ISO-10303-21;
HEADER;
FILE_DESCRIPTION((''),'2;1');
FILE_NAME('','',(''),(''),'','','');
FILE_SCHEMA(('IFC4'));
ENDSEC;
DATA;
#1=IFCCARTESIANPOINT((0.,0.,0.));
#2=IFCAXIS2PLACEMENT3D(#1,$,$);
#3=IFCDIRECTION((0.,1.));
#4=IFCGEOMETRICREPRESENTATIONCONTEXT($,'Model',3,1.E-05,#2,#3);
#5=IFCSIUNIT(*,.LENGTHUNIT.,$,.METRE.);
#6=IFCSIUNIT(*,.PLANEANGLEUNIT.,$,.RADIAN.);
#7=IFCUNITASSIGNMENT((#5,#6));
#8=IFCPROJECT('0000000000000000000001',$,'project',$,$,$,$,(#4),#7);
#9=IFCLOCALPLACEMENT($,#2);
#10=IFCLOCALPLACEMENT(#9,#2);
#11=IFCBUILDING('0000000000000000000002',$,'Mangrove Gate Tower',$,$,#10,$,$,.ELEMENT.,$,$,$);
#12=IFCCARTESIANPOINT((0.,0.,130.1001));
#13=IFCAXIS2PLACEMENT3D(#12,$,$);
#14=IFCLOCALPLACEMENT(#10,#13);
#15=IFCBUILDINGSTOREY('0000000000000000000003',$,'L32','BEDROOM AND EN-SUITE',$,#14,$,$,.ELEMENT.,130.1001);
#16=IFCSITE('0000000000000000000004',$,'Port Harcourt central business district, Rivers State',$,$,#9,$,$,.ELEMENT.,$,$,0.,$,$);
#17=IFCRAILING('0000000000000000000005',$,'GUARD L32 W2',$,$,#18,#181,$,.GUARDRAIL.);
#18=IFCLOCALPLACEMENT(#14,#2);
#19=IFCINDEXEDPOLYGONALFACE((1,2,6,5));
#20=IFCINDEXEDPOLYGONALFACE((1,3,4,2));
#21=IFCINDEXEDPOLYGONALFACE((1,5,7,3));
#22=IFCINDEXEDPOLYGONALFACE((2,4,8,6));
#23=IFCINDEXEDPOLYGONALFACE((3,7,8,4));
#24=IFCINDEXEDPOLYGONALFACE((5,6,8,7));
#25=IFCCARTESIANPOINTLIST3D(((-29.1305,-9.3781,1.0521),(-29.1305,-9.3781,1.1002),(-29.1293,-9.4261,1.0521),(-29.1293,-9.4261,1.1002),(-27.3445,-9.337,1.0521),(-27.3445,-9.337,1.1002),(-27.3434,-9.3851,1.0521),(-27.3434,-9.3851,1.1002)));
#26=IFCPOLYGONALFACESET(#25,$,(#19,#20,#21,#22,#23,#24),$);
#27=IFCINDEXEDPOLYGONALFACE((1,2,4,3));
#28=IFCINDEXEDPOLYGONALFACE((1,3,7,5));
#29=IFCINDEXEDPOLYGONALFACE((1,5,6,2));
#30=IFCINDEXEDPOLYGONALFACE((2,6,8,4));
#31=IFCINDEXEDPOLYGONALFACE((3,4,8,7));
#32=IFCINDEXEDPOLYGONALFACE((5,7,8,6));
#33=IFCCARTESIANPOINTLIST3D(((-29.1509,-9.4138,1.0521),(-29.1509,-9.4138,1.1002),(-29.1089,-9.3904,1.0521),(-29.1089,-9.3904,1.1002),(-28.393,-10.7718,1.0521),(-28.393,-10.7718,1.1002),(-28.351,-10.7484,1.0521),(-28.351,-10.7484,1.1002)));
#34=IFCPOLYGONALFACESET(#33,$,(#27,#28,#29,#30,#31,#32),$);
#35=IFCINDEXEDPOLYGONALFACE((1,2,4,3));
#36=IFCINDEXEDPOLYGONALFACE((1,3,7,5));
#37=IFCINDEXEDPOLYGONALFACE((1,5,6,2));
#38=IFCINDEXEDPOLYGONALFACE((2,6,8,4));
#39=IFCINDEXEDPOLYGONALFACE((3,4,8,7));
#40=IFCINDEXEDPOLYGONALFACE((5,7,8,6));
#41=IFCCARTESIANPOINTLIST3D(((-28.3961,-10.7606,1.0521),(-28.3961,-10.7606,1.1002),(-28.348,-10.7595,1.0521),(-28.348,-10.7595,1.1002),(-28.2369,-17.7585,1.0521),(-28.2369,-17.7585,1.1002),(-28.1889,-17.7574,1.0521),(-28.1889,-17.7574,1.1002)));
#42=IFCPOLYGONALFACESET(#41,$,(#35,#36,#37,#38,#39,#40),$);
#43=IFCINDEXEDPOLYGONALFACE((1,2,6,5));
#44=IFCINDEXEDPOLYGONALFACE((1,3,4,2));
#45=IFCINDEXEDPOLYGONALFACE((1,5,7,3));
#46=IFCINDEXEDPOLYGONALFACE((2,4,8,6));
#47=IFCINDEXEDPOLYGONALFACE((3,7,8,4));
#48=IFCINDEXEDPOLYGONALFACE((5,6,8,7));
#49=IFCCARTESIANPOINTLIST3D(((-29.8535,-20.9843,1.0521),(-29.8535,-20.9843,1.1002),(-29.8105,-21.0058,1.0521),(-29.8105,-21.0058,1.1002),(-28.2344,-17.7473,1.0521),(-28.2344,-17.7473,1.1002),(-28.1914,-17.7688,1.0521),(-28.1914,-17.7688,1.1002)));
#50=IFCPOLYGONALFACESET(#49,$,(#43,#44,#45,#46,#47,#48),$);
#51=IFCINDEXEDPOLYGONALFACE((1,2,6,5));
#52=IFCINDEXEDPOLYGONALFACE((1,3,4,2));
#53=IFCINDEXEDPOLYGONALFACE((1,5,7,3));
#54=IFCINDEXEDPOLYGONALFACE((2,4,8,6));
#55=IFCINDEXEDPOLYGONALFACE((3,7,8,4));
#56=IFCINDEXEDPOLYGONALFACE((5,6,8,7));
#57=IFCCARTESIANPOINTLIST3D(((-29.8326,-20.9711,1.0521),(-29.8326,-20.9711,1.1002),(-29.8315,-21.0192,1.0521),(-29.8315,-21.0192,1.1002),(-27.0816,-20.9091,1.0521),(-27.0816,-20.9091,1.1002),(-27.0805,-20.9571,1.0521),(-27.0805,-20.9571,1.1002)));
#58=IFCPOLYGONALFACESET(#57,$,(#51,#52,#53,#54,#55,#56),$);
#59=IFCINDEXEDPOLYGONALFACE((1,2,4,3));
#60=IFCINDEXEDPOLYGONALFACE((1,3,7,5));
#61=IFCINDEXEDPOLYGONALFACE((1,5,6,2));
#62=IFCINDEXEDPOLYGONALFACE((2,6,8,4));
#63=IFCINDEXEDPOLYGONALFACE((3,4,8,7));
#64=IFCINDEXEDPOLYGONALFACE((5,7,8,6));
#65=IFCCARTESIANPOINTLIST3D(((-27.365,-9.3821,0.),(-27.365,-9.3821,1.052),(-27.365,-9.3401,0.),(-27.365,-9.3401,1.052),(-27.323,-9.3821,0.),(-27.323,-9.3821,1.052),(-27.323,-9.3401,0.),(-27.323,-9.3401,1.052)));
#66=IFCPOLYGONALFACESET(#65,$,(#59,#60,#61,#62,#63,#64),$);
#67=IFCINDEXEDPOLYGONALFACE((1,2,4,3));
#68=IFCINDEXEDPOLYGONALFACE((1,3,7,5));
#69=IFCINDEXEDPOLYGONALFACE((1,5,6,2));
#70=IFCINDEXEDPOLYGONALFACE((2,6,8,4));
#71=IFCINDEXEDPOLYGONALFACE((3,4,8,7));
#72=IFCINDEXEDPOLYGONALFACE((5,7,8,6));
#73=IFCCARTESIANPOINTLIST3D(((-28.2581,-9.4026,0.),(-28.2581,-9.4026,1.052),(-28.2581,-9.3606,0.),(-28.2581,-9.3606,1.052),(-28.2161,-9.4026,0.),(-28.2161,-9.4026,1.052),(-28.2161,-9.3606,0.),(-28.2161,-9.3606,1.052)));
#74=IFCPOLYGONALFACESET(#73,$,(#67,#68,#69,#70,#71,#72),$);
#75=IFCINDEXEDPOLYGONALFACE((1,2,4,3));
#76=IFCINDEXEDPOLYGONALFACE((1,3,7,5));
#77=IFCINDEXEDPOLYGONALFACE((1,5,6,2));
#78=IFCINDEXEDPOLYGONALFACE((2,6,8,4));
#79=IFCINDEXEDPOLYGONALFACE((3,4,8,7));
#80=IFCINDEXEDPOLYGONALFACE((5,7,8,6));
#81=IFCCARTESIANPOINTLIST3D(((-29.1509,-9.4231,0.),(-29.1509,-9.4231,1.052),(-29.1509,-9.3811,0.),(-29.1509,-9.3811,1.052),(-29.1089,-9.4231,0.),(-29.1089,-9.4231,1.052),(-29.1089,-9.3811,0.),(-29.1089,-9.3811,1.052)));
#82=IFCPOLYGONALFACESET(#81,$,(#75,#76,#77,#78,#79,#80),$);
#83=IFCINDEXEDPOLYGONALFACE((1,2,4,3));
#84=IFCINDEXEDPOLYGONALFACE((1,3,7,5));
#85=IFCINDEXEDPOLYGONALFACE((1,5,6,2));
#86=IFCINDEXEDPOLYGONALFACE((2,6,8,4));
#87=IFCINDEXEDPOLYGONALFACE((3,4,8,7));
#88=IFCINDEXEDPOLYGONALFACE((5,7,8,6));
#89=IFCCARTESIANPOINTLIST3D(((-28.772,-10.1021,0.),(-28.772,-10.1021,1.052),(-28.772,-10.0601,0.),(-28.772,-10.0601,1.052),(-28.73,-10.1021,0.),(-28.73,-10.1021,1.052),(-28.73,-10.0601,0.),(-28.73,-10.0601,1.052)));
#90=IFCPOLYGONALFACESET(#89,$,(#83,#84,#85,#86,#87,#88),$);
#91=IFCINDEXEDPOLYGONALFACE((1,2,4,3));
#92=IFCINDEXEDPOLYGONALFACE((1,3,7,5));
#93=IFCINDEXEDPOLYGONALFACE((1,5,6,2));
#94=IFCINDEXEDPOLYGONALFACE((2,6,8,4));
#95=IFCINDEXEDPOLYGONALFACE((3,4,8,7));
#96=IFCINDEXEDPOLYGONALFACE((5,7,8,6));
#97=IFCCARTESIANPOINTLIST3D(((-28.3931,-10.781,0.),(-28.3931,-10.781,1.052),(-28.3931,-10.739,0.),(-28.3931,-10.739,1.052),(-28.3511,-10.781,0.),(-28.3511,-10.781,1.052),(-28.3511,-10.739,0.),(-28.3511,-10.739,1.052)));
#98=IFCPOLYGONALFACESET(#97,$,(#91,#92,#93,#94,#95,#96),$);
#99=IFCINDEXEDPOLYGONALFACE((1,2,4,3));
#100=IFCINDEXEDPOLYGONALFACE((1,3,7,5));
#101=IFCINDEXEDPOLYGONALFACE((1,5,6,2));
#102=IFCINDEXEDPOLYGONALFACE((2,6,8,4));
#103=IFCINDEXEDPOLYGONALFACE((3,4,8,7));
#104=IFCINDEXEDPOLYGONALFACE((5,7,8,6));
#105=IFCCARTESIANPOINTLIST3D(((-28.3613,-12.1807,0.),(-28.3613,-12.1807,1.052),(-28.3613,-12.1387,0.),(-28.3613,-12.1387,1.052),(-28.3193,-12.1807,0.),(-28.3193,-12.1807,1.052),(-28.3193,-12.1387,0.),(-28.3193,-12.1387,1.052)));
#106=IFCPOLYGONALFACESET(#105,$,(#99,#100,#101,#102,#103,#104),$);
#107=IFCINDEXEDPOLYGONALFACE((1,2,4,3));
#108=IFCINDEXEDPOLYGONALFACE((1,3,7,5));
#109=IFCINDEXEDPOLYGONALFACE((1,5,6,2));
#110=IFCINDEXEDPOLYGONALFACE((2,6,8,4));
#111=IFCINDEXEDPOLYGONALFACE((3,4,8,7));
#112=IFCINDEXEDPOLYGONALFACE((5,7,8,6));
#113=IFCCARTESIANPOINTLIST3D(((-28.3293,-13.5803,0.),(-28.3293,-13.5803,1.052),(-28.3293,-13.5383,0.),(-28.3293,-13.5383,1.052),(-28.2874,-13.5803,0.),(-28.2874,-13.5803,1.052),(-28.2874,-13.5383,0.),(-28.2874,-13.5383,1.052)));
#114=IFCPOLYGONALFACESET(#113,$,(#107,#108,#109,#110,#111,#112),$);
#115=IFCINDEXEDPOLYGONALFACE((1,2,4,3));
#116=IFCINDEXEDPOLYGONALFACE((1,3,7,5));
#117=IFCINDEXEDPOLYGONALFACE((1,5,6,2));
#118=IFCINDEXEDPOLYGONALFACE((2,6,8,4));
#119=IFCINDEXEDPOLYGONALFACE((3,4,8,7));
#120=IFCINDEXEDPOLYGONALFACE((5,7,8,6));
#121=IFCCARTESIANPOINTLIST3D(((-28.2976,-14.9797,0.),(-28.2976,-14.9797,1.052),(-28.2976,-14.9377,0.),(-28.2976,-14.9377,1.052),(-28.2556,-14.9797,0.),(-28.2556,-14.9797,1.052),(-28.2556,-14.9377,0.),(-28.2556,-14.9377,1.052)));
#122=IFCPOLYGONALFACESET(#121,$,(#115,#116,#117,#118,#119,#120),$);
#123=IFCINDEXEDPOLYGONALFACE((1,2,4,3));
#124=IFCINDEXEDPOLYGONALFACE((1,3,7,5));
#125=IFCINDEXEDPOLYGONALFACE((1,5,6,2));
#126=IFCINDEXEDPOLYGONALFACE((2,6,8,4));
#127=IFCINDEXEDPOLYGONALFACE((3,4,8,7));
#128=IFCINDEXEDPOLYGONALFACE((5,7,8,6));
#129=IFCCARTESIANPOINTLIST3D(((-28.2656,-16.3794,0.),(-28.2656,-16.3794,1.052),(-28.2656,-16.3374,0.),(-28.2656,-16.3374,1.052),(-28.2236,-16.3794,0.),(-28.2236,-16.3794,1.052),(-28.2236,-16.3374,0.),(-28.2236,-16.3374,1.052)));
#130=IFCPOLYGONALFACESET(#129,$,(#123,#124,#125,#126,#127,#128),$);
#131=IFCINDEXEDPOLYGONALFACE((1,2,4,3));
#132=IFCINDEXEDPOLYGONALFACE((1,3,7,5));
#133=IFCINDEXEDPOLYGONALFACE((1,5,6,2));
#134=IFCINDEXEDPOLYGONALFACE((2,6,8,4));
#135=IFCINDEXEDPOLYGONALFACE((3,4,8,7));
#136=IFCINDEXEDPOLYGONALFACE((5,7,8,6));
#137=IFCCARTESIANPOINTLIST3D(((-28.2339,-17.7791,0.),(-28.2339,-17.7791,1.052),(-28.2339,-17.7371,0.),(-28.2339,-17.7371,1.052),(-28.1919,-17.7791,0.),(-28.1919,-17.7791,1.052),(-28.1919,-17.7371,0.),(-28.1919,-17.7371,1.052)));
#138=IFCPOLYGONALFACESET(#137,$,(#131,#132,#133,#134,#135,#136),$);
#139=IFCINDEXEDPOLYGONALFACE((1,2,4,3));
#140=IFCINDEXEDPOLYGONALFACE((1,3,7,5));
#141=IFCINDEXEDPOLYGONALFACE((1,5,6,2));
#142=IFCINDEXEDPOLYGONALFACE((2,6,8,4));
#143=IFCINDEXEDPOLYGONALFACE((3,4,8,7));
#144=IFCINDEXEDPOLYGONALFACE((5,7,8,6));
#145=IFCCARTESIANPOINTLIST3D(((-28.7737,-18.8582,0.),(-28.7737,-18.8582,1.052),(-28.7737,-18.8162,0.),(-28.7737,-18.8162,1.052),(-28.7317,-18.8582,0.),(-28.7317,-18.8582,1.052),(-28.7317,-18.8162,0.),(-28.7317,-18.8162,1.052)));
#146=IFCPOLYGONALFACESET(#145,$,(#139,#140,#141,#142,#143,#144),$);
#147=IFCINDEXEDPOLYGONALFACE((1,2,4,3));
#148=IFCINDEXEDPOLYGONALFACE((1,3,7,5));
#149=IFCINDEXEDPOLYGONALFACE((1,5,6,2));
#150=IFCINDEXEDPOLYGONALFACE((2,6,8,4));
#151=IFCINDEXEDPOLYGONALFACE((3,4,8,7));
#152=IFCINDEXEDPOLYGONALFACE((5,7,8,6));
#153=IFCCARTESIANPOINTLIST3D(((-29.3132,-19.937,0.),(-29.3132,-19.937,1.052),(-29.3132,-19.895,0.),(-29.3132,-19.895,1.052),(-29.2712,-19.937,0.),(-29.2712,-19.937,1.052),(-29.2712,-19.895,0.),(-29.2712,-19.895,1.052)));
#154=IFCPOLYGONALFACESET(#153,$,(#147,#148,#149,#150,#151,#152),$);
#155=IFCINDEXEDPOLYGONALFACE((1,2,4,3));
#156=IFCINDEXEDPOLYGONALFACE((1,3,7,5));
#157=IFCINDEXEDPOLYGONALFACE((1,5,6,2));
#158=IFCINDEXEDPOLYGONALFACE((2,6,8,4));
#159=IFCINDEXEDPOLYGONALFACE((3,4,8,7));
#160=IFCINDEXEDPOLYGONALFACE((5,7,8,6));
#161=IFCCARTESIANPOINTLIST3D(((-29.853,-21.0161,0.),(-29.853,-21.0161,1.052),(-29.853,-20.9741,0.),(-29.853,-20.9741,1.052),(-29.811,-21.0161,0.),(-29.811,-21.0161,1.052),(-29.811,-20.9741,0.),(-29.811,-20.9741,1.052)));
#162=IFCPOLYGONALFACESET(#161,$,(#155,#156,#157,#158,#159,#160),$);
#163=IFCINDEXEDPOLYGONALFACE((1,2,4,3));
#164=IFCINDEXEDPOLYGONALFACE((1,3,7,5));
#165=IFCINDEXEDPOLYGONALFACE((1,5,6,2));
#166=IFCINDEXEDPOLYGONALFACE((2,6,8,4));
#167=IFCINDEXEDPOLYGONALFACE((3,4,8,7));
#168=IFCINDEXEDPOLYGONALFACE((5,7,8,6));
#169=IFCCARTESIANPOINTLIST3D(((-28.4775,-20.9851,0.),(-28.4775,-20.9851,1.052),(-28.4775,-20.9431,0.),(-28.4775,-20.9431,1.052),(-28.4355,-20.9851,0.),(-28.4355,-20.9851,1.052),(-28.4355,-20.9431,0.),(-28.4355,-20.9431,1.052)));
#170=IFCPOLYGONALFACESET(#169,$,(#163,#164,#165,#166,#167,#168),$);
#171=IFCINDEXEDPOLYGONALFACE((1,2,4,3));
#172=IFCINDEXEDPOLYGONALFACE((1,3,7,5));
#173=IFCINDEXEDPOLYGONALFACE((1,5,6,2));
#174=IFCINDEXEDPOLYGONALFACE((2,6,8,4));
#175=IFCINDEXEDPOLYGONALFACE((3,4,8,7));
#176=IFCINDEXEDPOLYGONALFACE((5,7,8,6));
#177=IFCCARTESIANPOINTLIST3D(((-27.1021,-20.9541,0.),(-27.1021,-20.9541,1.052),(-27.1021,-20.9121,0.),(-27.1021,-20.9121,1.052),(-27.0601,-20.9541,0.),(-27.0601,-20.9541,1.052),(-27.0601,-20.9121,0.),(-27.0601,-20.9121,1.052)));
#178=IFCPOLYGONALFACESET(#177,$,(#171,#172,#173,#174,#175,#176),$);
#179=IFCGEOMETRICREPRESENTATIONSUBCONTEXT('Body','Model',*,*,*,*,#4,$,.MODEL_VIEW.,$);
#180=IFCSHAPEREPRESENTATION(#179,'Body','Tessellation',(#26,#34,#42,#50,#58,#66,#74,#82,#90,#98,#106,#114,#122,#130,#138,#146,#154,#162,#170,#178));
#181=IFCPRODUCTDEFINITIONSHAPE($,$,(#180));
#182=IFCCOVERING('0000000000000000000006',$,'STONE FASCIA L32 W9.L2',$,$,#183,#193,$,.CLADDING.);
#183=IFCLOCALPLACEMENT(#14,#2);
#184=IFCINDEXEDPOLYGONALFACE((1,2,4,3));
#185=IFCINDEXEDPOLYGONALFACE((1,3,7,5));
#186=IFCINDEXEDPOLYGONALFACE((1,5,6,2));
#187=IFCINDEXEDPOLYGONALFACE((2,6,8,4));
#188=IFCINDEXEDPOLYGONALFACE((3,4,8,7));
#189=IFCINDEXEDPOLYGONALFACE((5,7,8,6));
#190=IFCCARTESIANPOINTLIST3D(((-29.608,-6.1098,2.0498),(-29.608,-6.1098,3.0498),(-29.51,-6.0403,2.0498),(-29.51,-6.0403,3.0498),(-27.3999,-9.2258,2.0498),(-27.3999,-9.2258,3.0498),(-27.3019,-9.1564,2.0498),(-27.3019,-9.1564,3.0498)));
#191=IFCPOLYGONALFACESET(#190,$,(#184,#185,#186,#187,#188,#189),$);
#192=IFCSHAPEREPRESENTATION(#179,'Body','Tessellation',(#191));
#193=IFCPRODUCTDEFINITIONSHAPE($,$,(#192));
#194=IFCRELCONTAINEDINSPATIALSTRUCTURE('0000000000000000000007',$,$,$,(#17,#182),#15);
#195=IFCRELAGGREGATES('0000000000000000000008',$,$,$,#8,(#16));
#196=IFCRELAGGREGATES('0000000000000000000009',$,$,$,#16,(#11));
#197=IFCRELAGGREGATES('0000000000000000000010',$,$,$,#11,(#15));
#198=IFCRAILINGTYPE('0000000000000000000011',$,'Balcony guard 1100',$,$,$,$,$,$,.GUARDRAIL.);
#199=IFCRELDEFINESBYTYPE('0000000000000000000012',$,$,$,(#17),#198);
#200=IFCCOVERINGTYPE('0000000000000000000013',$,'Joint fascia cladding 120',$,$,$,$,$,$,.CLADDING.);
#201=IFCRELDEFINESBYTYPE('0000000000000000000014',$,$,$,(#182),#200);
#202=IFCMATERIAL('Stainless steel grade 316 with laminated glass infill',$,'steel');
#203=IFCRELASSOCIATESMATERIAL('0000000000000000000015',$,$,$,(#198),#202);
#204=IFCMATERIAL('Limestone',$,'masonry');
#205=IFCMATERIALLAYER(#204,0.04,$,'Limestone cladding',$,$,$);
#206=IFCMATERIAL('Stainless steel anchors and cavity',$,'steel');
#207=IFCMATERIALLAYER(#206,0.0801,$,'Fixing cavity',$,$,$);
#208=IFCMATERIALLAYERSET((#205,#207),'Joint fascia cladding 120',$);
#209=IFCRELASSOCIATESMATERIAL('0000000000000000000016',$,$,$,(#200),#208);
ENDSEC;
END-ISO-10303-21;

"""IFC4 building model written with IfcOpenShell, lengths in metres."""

from ifc_helpers import new_model, si_unit, direction, frame, frame_2d, origin, origin_2d, place, context, subcontext, project, spatial, rectangle, extrude, material, layer, layer_set, type_object, element, save


model = new_model("IFC4")

# Units and contexts
model_context = context("Model", 3, precision=1e-05, world=origin(), true_north=direction((0.0, 1.0)))
body_context = subcontext(model_context, "Body", "Model", "MODEL_VIEW")
ifc_project = project(units=[si_unit("LENGTHUNIT", "METRE"), si_unit("PLANEANGLEUNIT", "RADIAN")], contexts=[model_context])

# Site, building, storey
site_placement = place(None, origin())
site = spatial("IfcSite", under=ifc_project, at=site_placement, Name="Port Harcourt central business district, Rivers State", CompositionType="ELEMENT", RefElevation=0.0)
building_placement = place(site_placement, origin())
building = spatial("IfcBuilding", under=site, at=building_placement, Name="Mangrove Gate Tower", CompositionType="ELEMENT")
storey_placement = place(building_placement, frame((0.0, 0.0, 130.1001)))
storey = spatial("IfcBuildingStorey", under=building, at=storey_placement, Name="L32", Description="BEDROOM AND EN-SUITE", CompositionType="ELEMENT", Elevation=130.1001)

# Shared definitions
ifc_material_1 = material(Name="Limestone", Category="masonry")

# Railing
ifc_material_2 = material(Name="Stainless steel grade 316 with laminated glass infill", Category="steel")
railing_type = type_object("IfcRailingType", Name="Balcony guard 1100", PredefinedType="GUARDRAIL", material=ifc_material_2)
railing_placement = place(storey_placement, frame((-27.344, -9.3611, 0.0)))
element("IfcRailing", 1, at=railing_placement, inside=storey, type_object=railing_type, Name="GUARD L32 W2", PredefinedType="GUARDRAIL", context=body_context, shape_type="SweptSolid", body=[
    extrude(rectangle(XDim=0.0481, YDim=0.0481, at=origin_2d()), frame((0.0, 0.0, 1.0762), z_axis=(-0.999736, -0.02296, 0.0), x_axis=(0.02296, -0.999736, 0.0)), (0.0, 0.0, 1.0), 1.7864),
    extrude(rectangle(XDim=0.0481, YDim=0.0481, at=origin_2d()), frame((-1.7859, -0.041, 1.0762), z_axis=(0.487322, -0.873223, 0.0), x_axis=(0.873223, 0.487322, 0.0)), (0.0, 0.0, 1.0), 1.5552),
    extrude(rectangle(XDim=0.0481, YDim=0.0481, at=origin_2d()), frame((-1.0281, -1.3989, 1.0762), z_axis=(0.02274, -0.999741, 0.0), x_axis=(0.999741, 0.02274, 0.0)), (0.0, 0.0, 1.0), 6.9998),
    extrude(rectangle(XDim=0.0481, YDim=0.0481, at=origin_2d()), frame((-0.8689, -8.397, 1.0762), z_axis=(-0.447348, -0.89436, 0.0), x_axis=(0.89436, -0.447348, 0.0)), (0.0, 0.0, 1.0), 3.6194),
    extrude(rectangle(XDim=0.0481, YDim=0.0481, at=origin_2d()), frame((-2.488, -11.634, 1.0762), z_axis=(0.999746, 0.022536, 0.0), x_axis=(-0.022536, 0.999746, 0.0)), (0.0, 0.0, 1.0), 2.7517),
    extrude(rectangle(XDim=0.042, YDim=0.042, at=origin_2d()), origin(), (0.0, 0.0, 1.0), 1.052),
    extrude(rectangle(XDim=0.042, YDim=0.042, at=origin_2d()), frame((-0.8931, -0.0205, 0.0)), (0.0, 0.0, 1.0), 1.052),
    extrude(rectangle(XDim=0.042, YDim=0.042, at=origin_2d()), frame((-1.7859, -0.041, 0.0)), (0.0, 0.0, 1.0), 1.052),
    extrude(rectangle(XDim=0.042, YDim=0.042, at=origin_2d()), frame((-1.407, -0.72, 0.0)), (0.0, 0.0, 1.0), 1.052),
    extrude(rectangle(XDim=0.042, YDim=0.042, at=origin_2d()), frame((-1.0281, -1.3989, 0.0)), (0.0, 0.0, 1.0), 1.052),
    extrude(rectangle(XDim=0.042, YDim=0.042, at=origin_2d()), frame((-0.9963, -2.7986, 0.0)), (0.0, 0.0, 1.0), 1.052),
    extrude(rectangle(XDim=0.042, YDim=0.042, at=origin_2d()), frame((-0.9644, -4.1982, 0.0)), (0.0, 0.0, 1.0), 1.052),
    extrude(rectangle(XDim=0.042, YDim=0.042, at=origin_2d()), frame((-0.9326, -5.5977, 0.0)), (0.0, 0.0, 1.0), 1.052),
    extrude(rectangle(XDim=0.042, YDim=0.042, at=origin_2d()), frame((-0.9006, -6.9973, 0.0)), (0.0, 0.0, 1.0), 1.052),
    extrude(rectangle(XDim=0.042, YDim=0.042, at=origin_2d()), frame((-0.8689, -8.397, 0.0)), (0.0, 0.0, 1.0), 1.052),
    extrude(rectangle(XDim=0.042, YDim=0.042, at=origin_2d()), frame((-1.4087, -9.4761, 0.0)), (0.0, 0.0, 1.0), 1.052),
    extrude(rectangle(XDim=0.042, YDim=0.042, at=origin_2d()), frame((-1.9482, -10.5549, 0.0)), (0.0, 0.0, 1.0), 1.052),
    extrude(rectangle(XDim=0.042, YDim=0.042, at=origin_2d()), frame((-2.488, -11.634, 0.0)), (0.0, 0.0, 1.0), 1.052),
    extrude(rectangle(XDim=0.042, YDim=0.042, at=origin_2d()), frame((-1.1125, -11.603, 0.0)), (0.0, 0.0, 1.0), 1.052),
    extrude(rectangle(XDim=0.042, YDim=0.042, at=origin_2d()), frame((0.2629, -11.572, 0.0)), (0.0, 0.0, 1.0), 1.052),
])

# Covering
ifc_layer_1 = layer(ifc_material_1, 0.04, Name="Limestone cladding")
ifc_material_3 = material(Name="Stainless steel anchors and cavity", Category="steel")
ifc_layer_2 = layer(ifc_material_3, 0.0801, Name="Fixing cavity")
ifc_layer_set_1 = layer_set([ifc_layer_1, ifc_layer_2], Name="Joint fascia cladding 120")
covering_type = type_object("IfcCoveringType", Name="Joint fascia cladding 120", PredefinedType="CLADDING", material=ifc_layer_set_1)
covering_placement = place(storey_placement, frame((-29.5591, -6.075, 2.0498), z_axis=(0.0, 0.0, 1.0), x_axis=(0.578168, -0.815918, 0.0)))
element("IfcCovering", 2, at=covering_placement, inside=storey, type_object=covering_type, Name="STONE FASCIA L32 W9.L2", PredefinedType="CLADDING", context=body_context, shape_type="SweptSolid", body=[
    extrude(rectangle(XDim=3.8191, YDim=0.1201, at=frame_2d((1.9097, 0.0))), origin(), (0.0, 0.0, 1.0), 1.0),
])

save(model, "model.ifc")
